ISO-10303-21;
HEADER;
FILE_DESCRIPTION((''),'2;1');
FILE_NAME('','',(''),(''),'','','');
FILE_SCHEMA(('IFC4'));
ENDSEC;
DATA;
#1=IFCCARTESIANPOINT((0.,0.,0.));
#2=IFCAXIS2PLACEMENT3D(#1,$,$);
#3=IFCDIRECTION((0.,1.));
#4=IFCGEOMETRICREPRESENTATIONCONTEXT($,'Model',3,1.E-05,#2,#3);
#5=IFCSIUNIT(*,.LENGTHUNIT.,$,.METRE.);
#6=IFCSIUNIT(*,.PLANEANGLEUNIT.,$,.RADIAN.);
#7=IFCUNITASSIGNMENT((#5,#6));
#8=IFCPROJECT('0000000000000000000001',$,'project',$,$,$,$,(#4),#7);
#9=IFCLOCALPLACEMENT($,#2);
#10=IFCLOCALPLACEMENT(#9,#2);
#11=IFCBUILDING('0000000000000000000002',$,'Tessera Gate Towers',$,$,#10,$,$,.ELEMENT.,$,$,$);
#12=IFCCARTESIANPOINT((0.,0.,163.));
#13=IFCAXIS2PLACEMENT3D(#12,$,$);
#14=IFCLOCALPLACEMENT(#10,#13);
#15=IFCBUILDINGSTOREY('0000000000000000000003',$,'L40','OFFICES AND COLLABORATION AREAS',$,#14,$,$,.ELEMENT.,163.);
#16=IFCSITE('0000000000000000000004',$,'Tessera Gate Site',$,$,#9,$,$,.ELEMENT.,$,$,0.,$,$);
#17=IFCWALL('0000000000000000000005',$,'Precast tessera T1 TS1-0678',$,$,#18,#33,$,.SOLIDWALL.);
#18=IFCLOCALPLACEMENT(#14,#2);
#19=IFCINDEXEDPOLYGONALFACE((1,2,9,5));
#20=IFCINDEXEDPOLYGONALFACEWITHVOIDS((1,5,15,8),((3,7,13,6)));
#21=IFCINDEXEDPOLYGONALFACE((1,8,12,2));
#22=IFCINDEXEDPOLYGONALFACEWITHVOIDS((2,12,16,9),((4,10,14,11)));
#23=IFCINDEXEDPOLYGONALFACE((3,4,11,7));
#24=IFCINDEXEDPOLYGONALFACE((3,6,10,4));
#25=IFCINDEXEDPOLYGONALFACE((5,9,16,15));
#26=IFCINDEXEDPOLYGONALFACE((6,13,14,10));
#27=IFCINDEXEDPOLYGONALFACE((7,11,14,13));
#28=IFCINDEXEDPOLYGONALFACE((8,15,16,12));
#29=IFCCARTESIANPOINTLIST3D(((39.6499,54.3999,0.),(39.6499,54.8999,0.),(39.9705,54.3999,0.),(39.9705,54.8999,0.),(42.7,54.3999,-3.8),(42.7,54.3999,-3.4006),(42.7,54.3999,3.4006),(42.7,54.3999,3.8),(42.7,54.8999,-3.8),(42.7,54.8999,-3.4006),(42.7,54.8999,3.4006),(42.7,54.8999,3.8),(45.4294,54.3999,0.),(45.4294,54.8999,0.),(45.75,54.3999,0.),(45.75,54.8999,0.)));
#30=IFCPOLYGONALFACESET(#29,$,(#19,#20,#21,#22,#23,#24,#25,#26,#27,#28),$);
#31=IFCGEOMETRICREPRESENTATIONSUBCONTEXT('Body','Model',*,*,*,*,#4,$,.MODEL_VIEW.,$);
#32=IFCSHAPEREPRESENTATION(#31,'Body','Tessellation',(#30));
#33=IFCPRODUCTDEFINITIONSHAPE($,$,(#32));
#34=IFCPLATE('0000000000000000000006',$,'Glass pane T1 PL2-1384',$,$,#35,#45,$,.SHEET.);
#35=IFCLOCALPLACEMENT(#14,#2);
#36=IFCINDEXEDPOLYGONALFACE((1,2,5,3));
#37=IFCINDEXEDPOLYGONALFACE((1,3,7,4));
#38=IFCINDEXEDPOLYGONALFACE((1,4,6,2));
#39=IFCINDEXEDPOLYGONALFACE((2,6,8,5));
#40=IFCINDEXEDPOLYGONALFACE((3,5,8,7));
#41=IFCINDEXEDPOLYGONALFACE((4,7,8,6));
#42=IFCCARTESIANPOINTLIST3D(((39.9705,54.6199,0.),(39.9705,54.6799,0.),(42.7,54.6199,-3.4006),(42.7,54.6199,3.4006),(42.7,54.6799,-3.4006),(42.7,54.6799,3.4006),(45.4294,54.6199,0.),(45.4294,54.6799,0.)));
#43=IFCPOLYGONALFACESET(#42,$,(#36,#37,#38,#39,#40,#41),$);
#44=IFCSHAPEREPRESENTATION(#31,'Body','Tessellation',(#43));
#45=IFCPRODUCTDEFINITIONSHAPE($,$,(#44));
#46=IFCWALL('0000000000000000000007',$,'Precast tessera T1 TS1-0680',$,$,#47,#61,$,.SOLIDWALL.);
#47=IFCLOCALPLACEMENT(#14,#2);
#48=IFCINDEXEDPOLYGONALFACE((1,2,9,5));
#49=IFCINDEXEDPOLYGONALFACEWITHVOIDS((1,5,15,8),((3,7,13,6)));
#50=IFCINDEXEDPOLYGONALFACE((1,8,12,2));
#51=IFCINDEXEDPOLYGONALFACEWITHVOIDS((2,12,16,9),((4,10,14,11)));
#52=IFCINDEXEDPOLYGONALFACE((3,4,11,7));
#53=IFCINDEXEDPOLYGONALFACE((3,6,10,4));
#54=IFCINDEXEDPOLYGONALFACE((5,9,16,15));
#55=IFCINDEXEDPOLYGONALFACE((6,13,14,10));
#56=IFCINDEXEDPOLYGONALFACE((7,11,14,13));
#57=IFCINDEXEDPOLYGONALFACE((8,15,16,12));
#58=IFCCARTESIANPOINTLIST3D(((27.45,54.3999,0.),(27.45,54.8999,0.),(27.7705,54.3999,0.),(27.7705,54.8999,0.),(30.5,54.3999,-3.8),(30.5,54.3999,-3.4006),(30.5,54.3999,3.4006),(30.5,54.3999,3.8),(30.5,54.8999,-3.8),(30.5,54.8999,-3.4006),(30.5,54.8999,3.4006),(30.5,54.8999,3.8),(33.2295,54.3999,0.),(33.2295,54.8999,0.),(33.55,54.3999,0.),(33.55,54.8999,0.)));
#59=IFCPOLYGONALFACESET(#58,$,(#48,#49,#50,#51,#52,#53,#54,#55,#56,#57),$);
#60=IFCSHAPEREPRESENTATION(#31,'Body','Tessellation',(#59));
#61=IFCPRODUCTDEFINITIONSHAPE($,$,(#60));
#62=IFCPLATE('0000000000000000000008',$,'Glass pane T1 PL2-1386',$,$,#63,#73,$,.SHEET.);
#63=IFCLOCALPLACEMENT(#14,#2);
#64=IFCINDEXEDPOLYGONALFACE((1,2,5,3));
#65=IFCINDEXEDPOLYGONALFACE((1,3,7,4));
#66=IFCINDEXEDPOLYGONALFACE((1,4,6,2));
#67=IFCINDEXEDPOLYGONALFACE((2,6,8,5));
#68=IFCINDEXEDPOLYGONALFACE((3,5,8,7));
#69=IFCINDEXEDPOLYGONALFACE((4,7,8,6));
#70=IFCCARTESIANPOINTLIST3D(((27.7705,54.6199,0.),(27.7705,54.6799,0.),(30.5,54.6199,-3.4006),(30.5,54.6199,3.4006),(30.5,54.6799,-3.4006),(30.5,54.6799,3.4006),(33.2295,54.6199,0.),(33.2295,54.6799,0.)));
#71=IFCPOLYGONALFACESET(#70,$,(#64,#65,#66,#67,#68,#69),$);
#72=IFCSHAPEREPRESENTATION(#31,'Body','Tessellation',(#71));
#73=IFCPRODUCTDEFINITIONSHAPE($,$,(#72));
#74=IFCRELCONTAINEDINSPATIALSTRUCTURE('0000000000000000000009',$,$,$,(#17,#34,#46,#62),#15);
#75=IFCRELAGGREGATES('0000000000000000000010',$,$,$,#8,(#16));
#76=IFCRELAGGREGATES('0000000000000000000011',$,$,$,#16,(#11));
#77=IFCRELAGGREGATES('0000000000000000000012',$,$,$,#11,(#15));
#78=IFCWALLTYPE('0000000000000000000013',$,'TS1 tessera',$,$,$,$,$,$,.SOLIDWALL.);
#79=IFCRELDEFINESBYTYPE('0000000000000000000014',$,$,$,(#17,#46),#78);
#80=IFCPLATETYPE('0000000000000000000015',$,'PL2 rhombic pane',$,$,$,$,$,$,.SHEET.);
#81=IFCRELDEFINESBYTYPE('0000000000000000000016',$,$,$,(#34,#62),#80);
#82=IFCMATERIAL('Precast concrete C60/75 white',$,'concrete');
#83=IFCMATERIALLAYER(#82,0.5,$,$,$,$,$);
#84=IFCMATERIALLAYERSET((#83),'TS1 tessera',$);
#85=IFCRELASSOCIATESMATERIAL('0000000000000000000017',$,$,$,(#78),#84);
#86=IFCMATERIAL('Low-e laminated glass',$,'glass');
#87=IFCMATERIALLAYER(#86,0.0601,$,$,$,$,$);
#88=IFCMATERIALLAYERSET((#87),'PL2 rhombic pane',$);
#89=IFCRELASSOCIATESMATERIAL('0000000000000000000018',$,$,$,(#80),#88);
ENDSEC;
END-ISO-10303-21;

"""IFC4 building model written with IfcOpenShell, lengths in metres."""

from ifc_helpers import new_model, si_unit, direction, frame, origin, place, context, subcontext, project, spatial, polyline, outline, extrude, source, transform, mapped, material, layer, layer_set, type_object, element, fill, save


model = new_model("IFC4")

# Units and contexts
model_context = context("Model", 3, precision=1e-05, world=origin(), true_north=direction((0.0, 1.0)))
body_context = subcontext(model_context, "Body", "Model", "MODEL_VIEW")
ifc_project = project(units=[si_unit("LENGTHUNIT", "METRE"), si_unit("PLANEANGLEUNIT", "RADIAN")], contexts=[model_context])

# Site, building, storey
site_placement = place(None, origin())
site = spatial("IfcSite", under=ifc_project, at=site_placement, Name="Tessera Gate Site", CompositionType="ELEMENT", RefElevation=0.0)
building_placement = place(site_placement, origin())
building = spatial("IfcBuilding", under=site, at=building_placement, Name="Tessera Gate Towers", CompositionType="ELEMENT")
storey_placement = place(building_placement, frame((0.0, 0.0, 163.0)))
storey = spatial("IfcBuildingStorey", under=building, at=storey_placement, Name="L40", Description="OFFICES AND COLLABORATION AREAS", CompositionType="ELEMENT", Elevation=163.0)

# Walls, openings, plates
ifc_material_1 = material(Name="Precast concrete C60/75 white", Category="concrete")
ifc_layer_1 = layer(ifc_material_1, 0.5)
ifc_layer_set_1 = layer_set([ifc_layer_1], Name="TS1 tessera")
wall_type_1 = type_object("IfcWallType", Name="TS1 tessera", PredefinedType="SOLIDWALL", material=ifc_layer_set_1)
shared_shape_1 = source(origin(), body_context, "Body", "SweptSolid", [
    extrude(outline(polyline([(3.05, 0.0), (6.1001, 3.8), (3.05, 7.6001), (0.0, 3.8), (3.05, 0.0)])), frame((0.0, 0.25, 0.0), z_axis=(0.0, -1.0, 0.0), x_axis=(1.0, 0.0, 0.0)), (0.0, 0.0, 1.0), 0.5),
])
wall_1_placement = place(storey_placement, frame((45.75, 54.6499, -3.8), z_axis=(0.0, 0.0, 1.0), x_axis=(-1.0, 0.0, 0.0)))
wall_1 = element("IfcWall", 1, at=wall_1_placement, inside=storey, type_object=wall_type_1, Name="Precast tessera T1 TS1-0678", PredefinedType="SOLIDWALL", context=body_context, shape_type="MappedRepresentation", body=[
    mapped(shared_shape_1, transform((0.0, 0.0, 0.0), scale=1.0)),
])
shared_shape_2 = source(origin(), body_context, "Body", "SweptSolid", [
    extrude(outline(polyline([(3.05, 0.3994), (5.7795, 3.8), (3.05, 7.2007), (0.3206, 3.8), (3.05, 0.3994)])), frame((0.0, 0.26, 0.0), z_axis=(0.0, -1.0, 0.0), x_axis=(1.0, 0.0, 0.0)), (0.0, 0.0, 1.0), 0.52),
])
opening_1_placement = place(wall_1_placement, origin())
opening_1 = element("IfcOpeningElement", 2, at=opening_1_placement, cuts=wall_1, PredefinedType="OPENING", context=body_context, shape_type="MappedRepresentation", body=[
    mapped(shared_shape_2, transform((0.0, 0.0, 0.0), scale=1.0)),
])
ifc_material_2 = material(Name="Low-e laminated glass", Category="glass")
ifc_layer_2 = layer(ifc_material_2, 0.0601)
ifc_layer_set_2 = layer_set([ifc_layer_2], Name="PL2 rhombic pane")
plate_type = type_object("IfcPlateType", Name="PL2 rhombic pane", PredefinedType="SHEET", material=ifc_layer_set_2)
shared_shape_3 = source(origin(), body_context, "Body", "SweptSolid", [
    extrude(outline(polyline([(3.05, 0.3994), (5.7795, 3.8), (3.05, 7.2007), (0.3206, 3.8), (3.05, 0.3994)])), frame((0.0, 0.03, 0.0), z_axis=(0.0, -1.0, 0.0), x_axis=(1.0, 0.0, 0.0)), (0.0, 0.0, 1.0), 0.0601),
])
plate_1_placement = place(opening_1_placement, origin())
plate_1 = element("IfcPlate", 3, at=plate_1_placement, inside=storey, type_object=plate_type, Name="Glass pane T1 PL2-1384", PredefinedType="SHEET", context=body_context, shape_type="MappedRepresentation", body=[
    mapped(shared_shape_3, transform((0.0, 0.0, 0.0), scale=1.0)),
])
fill(opening_1, plate_1)
wall_2_placement = place(storey_placement, frame((33.55, 54.6499, -3.8), z_axis=(0.0, 0.0, 1.0), x_axis=(-1.0, 0.0, 0.0)))
wall_2 = element("IfcWall", 4, at=wall_2_placement, inside=storey, type_object=wall_type_1, Name="Precast tessera T1 TS1-0680", PredefinedType="SOLIDWALL", context=body_context, shape_type="MappedRepresentation", body=[
    mapped(shared_shape_1, transform((0.0, 0.0, 0.0), scale=1.0)),
])
opening_2_placement = place(wall_2_placement, origin())
opening_2 = element("IfcOpeningElement", 5, at=opening_2_placement, cuts=wall_2, PredefinedType="OPENING", context=body_context, shape_type="MappedRepresentation", body=[
    mapped(shared_shape_2, transform((0.0, 0.0, 0.0), scale=1.0)),
])
plate_2_placement = place(opening_2_placement, origin())
plate_2 = element("IfcPlate", 6, at=plate_2_placement, inside=storey, type_object=plate_type, Name="Glass pane T1 PL2-1386", PredefinedType="SHEET", context=body_context, shape_type="MappedRepresentation", body=[
    mapped(shared_shape_3, transform((0.0, 0.0, 0.0), scale=1.0)),
])
fill(opening_2, plate_2)

save(model, "model.ifc")
